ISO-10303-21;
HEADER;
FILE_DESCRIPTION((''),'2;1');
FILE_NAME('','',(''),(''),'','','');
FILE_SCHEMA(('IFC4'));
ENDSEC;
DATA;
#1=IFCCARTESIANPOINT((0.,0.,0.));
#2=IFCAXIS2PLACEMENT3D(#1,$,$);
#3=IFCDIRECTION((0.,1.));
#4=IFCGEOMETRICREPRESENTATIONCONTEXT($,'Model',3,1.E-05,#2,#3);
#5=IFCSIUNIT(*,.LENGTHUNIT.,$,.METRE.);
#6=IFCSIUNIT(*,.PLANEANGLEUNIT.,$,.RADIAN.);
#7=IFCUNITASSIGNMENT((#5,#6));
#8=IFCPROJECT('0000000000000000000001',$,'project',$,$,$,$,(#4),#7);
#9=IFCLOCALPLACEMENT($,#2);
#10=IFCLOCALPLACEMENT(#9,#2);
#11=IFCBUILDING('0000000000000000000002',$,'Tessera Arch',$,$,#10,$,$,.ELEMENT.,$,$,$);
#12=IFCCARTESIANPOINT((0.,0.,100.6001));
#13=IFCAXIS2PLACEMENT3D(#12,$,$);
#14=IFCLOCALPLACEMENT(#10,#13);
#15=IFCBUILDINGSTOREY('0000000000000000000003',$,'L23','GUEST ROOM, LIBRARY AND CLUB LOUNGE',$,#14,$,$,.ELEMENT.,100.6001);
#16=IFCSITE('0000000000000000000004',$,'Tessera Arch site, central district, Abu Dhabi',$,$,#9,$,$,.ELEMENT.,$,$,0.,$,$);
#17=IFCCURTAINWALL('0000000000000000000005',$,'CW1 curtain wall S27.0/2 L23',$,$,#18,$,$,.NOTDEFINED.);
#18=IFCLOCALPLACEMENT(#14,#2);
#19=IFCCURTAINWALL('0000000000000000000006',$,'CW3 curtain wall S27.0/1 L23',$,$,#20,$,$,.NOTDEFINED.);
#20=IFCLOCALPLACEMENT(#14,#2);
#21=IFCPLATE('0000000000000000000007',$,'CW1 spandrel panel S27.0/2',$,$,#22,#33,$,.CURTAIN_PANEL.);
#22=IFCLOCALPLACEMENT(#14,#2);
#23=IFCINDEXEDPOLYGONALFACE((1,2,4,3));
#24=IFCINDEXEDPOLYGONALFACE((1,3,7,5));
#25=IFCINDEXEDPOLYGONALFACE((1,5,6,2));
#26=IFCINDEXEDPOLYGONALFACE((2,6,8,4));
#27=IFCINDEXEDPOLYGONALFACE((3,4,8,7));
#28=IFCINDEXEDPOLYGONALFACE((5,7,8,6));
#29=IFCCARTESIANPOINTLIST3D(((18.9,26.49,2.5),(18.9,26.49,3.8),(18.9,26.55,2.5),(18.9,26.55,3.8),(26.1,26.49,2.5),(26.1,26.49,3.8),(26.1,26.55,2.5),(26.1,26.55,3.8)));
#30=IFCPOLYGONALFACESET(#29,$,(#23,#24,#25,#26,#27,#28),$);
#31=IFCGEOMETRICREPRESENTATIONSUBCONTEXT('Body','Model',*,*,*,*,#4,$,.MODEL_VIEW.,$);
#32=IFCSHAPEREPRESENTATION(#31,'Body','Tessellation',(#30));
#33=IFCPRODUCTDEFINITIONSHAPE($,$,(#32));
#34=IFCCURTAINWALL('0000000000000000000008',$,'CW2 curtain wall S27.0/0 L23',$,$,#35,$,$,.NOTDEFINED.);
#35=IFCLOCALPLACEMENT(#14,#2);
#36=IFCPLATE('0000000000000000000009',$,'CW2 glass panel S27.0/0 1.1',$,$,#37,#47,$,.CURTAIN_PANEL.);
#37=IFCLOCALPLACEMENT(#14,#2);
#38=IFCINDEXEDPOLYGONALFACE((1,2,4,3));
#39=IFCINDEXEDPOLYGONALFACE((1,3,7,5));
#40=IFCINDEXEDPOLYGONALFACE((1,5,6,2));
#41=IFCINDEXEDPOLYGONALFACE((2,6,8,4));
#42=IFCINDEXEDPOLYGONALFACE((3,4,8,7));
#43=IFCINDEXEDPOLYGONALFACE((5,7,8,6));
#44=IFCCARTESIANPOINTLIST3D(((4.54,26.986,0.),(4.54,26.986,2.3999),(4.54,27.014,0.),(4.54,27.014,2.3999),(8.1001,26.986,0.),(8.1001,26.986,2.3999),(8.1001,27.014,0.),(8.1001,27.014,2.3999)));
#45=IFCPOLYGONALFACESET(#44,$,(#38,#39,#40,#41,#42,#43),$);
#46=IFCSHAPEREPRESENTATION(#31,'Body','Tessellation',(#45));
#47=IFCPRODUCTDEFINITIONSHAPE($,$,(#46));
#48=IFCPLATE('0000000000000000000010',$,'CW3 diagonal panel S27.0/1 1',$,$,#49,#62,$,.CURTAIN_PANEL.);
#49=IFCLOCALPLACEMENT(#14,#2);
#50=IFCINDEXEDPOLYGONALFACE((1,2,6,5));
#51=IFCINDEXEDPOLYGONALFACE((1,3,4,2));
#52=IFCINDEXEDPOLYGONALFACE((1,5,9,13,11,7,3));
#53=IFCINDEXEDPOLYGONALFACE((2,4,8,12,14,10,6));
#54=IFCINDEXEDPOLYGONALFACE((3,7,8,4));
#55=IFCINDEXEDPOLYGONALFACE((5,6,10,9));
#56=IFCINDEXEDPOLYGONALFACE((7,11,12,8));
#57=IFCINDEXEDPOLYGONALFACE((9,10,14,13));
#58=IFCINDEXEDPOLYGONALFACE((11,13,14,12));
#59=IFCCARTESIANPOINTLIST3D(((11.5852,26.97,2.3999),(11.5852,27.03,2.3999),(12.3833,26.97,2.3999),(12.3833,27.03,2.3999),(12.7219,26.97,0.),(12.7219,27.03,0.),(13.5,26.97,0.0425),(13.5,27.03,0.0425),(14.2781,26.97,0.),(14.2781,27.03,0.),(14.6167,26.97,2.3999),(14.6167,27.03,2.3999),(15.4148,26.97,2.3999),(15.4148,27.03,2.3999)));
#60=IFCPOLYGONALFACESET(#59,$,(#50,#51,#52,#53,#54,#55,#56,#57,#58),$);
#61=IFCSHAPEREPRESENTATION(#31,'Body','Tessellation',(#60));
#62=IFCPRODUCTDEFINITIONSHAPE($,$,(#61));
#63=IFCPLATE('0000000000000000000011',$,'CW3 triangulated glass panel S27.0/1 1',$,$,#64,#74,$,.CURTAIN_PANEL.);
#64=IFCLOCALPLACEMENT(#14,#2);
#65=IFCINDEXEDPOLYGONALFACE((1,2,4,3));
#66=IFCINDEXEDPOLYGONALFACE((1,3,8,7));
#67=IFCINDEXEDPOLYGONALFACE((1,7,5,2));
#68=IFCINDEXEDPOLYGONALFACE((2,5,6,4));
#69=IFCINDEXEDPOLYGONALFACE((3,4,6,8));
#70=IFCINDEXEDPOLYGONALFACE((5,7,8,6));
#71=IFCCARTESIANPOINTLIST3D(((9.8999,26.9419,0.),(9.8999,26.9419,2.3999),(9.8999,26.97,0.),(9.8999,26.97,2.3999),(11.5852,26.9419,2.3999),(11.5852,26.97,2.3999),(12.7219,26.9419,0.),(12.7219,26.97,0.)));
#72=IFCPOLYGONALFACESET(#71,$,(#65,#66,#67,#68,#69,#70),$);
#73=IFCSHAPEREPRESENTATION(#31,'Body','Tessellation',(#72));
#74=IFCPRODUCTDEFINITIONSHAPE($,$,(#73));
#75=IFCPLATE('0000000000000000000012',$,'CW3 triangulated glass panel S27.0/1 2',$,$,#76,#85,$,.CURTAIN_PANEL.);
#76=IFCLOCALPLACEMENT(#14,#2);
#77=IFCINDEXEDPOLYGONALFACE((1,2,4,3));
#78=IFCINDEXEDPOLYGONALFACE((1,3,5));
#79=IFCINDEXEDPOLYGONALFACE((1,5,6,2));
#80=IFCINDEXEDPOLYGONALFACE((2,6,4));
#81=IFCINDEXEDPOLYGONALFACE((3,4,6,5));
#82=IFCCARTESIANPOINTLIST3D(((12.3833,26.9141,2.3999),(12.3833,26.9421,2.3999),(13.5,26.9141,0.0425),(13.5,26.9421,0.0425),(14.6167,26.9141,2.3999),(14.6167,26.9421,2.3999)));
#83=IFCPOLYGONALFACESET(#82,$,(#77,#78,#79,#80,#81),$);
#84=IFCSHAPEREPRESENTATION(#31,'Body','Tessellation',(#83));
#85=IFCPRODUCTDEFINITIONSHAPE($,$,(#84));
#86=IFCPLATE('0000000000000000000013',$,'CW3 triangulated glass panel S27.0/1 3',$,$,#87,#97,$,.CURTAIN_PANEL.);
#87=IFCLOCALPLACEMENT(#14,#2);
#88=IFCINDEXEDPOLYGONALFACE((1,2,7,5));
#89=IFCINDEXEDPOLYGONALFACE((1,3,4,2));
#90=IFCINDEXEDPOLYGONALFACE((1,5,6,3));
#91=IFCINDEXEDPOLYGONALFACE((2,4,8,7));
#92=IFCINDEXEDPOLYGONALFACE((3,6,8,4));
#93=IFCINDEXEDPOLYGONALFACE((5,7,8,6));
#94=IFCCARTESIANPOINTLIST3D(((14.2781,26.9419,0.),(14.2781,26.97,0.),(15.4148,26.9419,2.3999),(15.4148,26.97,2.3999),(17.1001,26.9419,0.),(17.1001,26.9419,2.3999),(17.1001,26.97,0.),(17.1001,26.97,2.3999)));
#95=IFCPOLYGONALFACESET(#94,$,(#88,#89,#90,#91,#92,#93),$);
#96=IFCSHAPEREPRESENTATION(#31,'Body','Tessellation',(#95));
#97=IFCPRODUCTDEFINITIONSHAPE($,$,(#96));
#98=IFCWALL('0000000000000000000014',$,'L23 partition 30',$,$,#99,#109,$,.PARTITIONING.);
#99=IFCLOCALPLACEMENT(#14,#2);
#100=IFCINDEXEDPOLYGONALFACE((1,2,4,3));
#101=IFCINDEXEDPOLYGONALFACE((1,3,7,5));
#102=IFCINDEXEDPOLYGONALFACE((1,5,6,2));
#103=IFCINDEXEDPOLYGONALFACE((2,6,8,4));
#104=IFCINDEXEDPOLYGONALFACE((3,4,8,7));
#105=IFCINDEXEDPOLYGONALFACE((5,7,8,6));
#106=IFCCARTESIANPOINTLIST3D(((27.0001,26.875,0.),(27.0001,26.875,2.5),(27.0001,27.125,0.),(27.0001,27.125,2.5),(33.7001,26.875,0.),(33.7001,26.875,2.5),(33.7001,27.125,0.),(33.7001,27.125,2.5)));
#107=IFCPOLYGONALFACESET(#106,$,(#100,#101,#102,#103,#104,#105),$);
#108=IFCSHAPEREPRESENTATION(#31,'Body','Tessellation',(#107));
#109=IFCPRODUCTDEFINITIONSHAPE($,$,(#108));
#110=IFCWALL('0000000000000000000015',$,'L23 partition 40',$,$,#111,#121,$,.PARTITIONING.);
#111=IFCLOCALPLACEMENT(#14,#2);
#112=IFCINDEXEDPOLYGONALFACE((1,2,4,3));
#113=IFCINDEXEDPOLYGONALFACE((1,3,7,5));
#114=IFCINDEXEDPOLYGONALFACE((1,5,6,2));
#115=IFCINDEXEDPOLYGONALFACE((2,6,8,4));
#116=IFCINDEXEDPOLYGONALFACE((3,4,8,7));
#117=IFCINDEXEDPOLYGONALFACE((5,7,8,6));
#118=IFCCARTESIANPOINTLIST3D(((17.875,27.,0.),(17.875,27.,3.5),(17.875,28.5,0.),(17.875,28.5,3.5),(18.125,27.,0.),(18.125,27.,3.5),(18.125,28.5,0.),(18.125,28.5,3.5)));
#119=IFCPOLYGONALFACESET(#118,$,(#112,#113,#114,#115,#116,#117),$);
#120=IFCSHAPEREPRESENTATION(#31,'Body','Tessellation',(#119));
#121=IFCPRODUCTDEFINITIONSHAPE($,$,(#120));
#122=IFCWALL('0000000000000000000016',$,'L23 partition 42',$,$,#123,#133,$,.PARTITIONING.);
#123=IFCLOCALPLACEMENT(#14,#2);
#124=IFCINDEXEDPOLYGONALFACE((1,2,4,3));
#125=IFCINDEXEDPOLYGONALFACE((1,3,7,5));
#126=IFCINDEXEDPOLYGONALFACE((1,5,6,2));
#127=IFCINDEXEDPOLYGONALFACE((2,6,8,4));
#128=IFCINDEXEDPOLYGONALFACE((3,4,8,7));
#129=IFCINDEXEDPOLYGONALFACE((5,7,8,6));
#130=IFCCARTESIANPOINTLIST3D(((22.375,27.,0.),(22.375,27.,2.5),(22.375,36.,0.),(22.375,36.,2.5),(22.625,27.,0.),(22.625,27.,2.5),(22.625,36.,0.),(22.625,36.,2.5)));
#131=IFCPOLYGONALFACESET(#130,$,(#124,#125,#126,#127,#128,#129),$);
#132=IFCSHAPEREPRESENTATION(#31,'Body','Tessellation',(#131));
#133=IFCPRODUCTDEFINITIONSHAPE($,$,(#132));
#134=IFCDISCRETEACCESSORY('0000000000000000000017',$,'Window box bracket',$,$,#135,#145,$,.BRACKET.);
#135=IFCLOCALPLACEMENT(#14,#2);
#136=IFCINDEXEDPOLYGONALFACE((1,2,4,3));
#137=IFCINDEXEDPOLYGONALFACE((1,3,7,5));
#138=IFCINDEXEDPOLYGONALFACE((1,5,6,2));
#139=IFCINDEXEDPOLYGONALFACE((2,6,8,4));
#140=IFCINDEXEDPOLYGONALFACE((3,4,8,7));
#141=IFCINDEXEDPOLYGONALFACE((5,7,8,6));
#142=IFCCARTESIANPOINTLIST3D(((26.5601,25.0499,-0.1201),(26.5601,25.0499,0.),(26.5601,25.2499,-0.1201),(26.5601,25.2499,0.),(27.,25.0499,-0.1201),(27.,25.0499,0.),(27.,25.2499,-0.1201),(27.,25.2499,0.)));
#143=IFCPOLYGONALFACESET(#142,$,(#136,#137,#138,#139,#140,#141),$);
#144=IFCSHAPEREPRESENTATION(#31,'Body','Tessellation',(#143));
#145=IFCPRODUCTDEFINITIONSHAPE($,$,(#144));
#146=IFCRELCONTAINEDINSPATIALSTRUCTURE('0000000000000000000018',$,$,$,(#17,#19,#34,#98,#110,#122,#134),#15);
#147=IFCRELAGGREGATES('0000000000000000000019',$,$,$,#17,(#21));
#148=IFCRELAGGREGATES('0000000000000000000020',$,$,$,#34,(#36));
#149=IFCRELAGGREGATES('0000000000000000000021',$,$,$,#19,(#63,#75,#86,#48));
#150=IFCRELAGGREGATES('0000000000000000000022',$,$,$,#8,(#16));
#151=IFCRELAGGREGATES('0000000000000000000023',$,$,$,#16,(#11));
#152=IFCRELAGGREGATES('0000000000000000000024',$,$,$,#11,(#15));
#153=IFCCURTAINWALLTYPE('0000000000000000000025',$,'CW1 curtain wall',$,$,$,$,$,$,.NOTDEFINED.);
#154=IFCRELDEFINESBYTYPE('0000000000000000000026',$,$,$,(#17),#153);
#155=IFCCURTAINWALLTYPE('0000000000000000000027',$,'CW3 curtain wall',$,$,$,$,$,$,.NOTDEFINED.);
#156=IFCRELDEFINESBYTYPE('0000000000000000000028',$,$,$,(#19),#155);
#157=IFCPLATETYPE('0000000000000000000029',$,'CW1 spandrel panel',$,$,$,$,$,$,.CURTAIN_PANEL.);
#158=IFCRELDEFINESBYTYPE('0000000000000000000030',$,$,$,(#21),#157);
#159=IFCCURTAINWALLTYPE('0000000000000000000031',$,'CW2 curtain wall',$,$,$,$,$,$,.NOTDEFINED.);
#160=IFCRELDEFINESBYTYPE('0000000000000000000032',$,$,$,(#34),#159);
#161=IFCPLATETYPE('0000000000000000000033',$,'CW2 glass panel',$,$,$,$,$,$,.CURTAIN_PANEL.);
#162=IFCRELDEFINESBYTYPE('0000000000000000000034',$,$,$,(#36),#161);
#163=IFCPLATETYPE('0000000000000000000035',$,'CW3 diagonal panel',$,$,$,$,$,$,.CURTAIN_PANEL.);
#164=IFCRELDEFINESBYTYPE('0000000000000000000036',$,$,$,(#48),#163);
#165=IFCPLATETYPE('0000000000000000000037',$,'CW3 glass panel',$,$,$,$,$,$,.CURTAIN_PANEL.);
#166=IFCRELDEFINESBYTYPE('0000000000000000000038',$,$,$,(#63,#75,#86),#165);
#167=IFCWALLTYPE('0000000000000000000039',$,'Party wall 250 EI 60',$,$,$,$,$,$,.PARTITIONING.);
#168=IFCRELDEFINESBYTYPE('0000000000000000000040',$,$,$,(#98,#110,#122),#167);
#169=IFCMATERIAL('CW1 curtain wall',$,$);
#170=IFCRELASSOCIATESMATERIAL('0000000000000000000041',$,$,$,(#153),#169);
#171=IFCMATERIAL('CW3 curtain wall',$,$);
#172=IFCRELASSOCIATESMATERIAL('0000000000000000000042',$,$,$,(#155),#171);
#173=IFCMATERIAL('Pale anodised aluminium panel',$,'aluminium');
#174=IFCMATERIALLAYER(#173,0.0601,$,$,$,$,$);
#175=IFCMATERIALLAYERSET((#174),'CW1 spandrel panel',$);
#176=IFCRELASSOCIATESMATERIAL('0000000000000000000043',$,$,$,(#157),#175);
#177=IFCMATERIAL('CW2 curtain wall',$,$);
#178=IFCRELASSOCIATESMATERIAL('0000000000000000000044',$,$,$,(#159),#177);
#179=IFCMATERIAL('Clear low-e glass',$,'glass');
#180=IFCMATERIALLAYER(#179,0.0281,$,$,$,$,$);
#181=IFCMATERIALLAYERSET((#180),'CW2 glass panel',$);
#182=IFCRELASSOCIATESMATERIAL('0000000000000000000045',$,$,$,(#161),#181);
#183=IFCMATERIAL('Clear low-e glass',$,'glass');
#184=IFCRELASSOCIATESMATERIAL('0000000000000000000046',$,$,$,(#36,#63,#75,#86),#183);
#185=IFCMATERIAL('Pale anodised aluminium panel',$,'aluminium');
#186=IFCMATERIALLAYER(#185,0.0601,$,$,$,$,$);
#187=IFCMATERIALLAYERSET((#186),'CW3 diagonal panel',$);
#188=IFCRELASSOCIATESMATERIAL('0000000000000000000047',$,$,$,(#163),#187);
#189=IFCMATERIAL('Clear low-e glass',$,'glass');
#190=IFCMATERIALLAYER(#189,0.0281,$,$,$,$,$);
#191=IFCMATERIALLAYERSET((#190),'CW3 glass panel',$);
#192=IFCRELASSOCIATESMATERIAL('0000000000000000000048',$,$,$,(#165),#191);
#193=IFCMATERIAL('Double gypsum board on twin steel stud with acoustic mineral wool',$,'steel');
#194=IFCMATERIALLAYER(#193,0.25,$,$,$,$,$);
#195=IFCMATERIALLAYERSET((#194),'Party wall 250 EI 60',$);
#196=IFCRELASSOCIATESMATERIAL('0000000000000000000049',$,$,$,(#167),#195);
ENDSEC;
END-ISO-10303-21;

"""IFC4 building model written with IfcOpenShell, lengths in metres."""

from ifc_helpers import new_model, si_unit, direction, frame, frame_2d, origin, origin_2d, place, context, subcontext, project, spatial, polyline, rectangle, outline, extrude, material, layer, layer_set, type_object, element, aggregate, save


model = new_model("IFC4")

# Units and contexts
model_context = context("Model", 3, precision=1e-05, world=origin(), true_north=direction((0.0, 1.0)))
body_context = subcontext(model_context, "Body", "Model", "MODEL_VIEW")
ifc_project = project(units=[si_unit("LENGTHUNIT", "METRE"), si_unit("PLANEANGLEUNIT", "RADIAN")], contexts=[model_context])

# Site, building, storey
site_placement = place(None, origin())
site = spatial("IfcSite", under=ifc_project, at=site_placement, Name="Tessera Arch site, central district, Abu Dhabi", CompositionType="ELEMENT", RefElevation=0.0)
building_placement = place(site_placement, origin())
building = spatial("IfcBuilding", under=site, at=building_placement, Name="Tessera Arch", CompositionType="ELEMENT")
storey_placement = place(building_placement, frame((0.0, 0.0, 100.6001)))
storey = spatial("IfcBuildingStorey", under=building, at=storey_placement, Name="L23", Description="GUEST ROOM, LIBRARY AND CLUB LOUNGE", CompositionType="ELEMENT", Elevation=100.6001)

# Curtain wall
ifc_material_1 = material(Name="CW1 curtain wall")
curtain_wall_type_1 = type_object("IfcCurtainWallType", Name="CW1 curtain wall", PredefinedType="NOTDEFINED", material=ifc_material_1)
curtain_wall_1_placement = place(storey_placement, origin())
curtain_wall_1 = element("IfcCurtainWall", 1, at=curtain_wall_1_placement, inside=storey, type_object=curtain_wall_type_1, Name="CW1 curtain wall S27.0/2 L23", PredefinedType="NOTDEFINED")

# Curtain wall
ifc_material_2 = material(Name="CW3 curtain wall")
curtain_wall_type_2 = type_object("IfcCurtainWallType", Name="CW3 curtain wall", PredefinedType="NOTDEFINED", material=ifc_material_2)
curtain_wall_2_placement = place(storey_placement, origin())
curtain_wall_2 = element("IfcCurtainWall", 2, at=curtain_wall_2_placement, inside=storey, type_object=curtain_wall_type_2, Name="CW3 curtain wall S27.0/1 L23", PredefinedType="NOTDEFINED")

# Plate
ifc_material_3 = material(Name="Clear low-e glass", Category="glass")
ifc_material_4 = material(Name="Pale anodised aluminium panel", Category="aluminium")
ifc_layer_1 = layer(ifc_material_4, 0.0601)
ifc_layer_set_1 = layer_set([ifc_layer_1], Name="CW1 spandrel panel")
plate_type_1 = type_object("IfcPlateType", Name="CW1 spandrel panel", PredefinedType="CURTAIN_PANEL", material=ifc_layer_set_1)
plate_1_placement = place(storey_placement, frame((22.5, 26.52, 2.5), z_axis=(0.0, 0.0, 1.0), x_axis=(1.0, 0.0, 0.0)))
plate_1 = element("IfcPlate", 3, at=plate_1_placement, type_object=plate_type_1, Name="CW1 spandrel panel S27.0/2", PredefinedType="CURTAIN_PANEL", context=body_context, shape_type="SweptSolid", body=[
    extrude(rectangle(XDim=7.2, YDim=0.0601, at=origin_2d()), origin(), (0.0, 0.0, 1.0), 1.3),
])
aggregate(curtain_wall_1, [plate_1])

# Curtain wall, plate
ifc_material_5 = material(Name="CW2 curtain wall")
curtain_wall_type_3 = type_object("IfcCurtainWallType", Name="CW2 curtain wall", PredefinedType="NOTDEFINED", material=ifc_material_5)
curtain_wall_3_placement = place(storey_placement, origin())
curtain_wall_3 = element("IfcCurtainWall", 4, at=curtain_wall_3_placement, inside=storey, type_object=curtain_wall_type_3, Name="CW2 curtain wall S27.0/0 L23", PredefinedType="NOTDEFINED")
ifc_material_6 = material(Name="Clear low-e glass", Category="glass")
ifc_layer_2 = layer(ifc_material_6, 0.0281)
ifc_layer_set_2 = layer_set([ifc_layer_2], Name="CW2 glass panel")
plate_type_2 = type_object("IfcPlateType", Name="CW2 glass panel", PredefinedType="CURTAIN_PANEL", material=ifc_layer_set_2)
plate_2_placement = place(storey_placement, frame((6.3201, 27.0, 0.0), z_axis=(0.0, 0.0, 1.0), x_axis=(1.0, 0.0, 0.0)))
plate_2 = element("IfcPlate", 5, at=plate_2_placement, type_object=plate_type_2, material=ifc_material_3, Name="CW2 glass panel S27.0/0 1.1", PredefinedType="CURTAIN_PANEL", context=body_context, shape_type="SweptSolid", body=[
    extrude(rectangle(XDim=3.5601, YDim=0.0281, at=origin_2d()), origin(), (0.0, 0.0, 1.0), 2.3999),
])
aggregate(curtain_wall_3, [plate_2])

# Plates
ifc_material_7 = material(Name="Pale anodised aluminium panel", Category="aluminium")
ifc_layer_3 = layer(ifc_material_7, 0.0601)
ifc_layer_set_3 = layer_set([ifc_layer_3], Name="CW3 diagonal panel")
plate_type_3 = type_object("IfcPlateType", Name="CW3 diagonal panel", PredefinedType="CURTAIN_PANEL", material=ifc_layer_set_3)
plate_3_placement = place(storey_placement, frame((15.4148, 26.97, 2.3999), z_axis=(0.0, -1.0, 0.0), x_axis=(-1.0, 0.0, 0.0)))
plate_3 = element("IfcPlate", 6, at=plate_3_placement, type_object=plate_type_3, Name="CW3 diagonal panel S27.0/1 1", PredefinedType="CURTAIN_PANEL", context=body_context, shape_type="SweptSolid", body=[
    extrude(outline(polyline([(0.0, 0.0), (0.7981, 0.0), (1.9148, 2.3574), (3.0315, 0.0), (3.8296, 0.0), (2.6929, 2.3999), (1.1367, 2.3999), (0.0, 0.0)])), origin(), (0.0, 0.0, -1.0), 0.0601),
])
ifc_material_8 = material(Name="Clear low-e glass", Category="glass")
ifc_layer_4 = layer(ifc_material_8, 0.0281)
ifc_layer_set_4 = layer_set([ifc_layer_4], Name="CW3 glass panel")
plate_type_4 = type_object("IfcPlateType", Name="CW3 glass panel", PredefinedType="CURTAIN_PANEL", material=ifc_layer_set_4)
plate_4_placement = place(storey_placement, frame((9.8999, 26.9419, 0.0), z_axis=(0.0, -1.0, 0.0), x_axis=(1.0, 0.0, 0.0)))
plate_4 = element("IfcPlate", 7, at=plate_4_placement, type_object=plate_type_4, material=ifc_material_3, Name="CW3 triangulated glass panel S27.0/1 1", PredefinedType="CURTAIN_PANEL", context=body_context, shape_type="SweptSolid", body=[
    extrude(outline(polyline([(0.0, 0.0), (2.822, 0.0), (1.6853, 2.3999), (0.0, 2.3999), (0.0, 0.0)])), origin(), (0.0, 0.0, -1.0), 0.0281),
])
plate_5_placement = place(storey_placement, frame((14.6167, 26.9141, 2.3999), z_axis=(0.0, -1.0, 0.0), x_axis=(-1.0, 0.0, 0.0)))
plate_5 = element("IfcPlate", 8, at=plate_5_placement, type_object=plate_type_4, material=ifc_material_3, Name="CW3 triangulated glass panel S27.0/1 2", PredefinedType="CURTAIN_PANEL", context=body_context, shape_type="SweptSolid", body=[
    extrude(outline(polyline([(0.0, 0.0), (2.2334, 0.0), (1.1167, 2.3574), (0.0, 0.0)])), origin(), (0.0, 0.0, -1.0), 0.0281),
])
plate_6_placement = place(storey_placement, frame((17.1001, 26.9419, 2.3999), z_axis=(0.0, -1.0, 0.0), x_axis=(-1.0, 0.0, 0.0)))
plate_6 = element("IfcPlate", 9, at=plate_6_placement, type_object=plate_type_4, material=ifc_material_3, Name="CW3 triangulated glass panel S27.0/1 3", PredefinedType="CURTAIN_PANEL", context=body_context, shape_type="SweptSolid", body=[
    extrude(outline(polyline([(0.0, 0.0), (1.6853, 0.0), (2.822, 2.3999), (0.0, 2.3999), (0.0, 0.0)])), origin(), (0.0, 0.0, -1.0), 0.0281),
])
aggregate(curtain_wall_2, [plate_4, plate_5, plate_6, plate_3])

# Walls
ifc_material_9 = material(Name="Double gypsum board on twin steel stud with acoustic mineral wool", Category="steel")
ifc_layer_5 = layer(ifc_material_9, 0.25)
ifc_layer_set_5 = layer_set([ifc_layer_5], Name="Party wall 250 EI 60")
wall_type = type_object("IfcWallType", Name="Party wall 250 EI 60", PredefinedType="PARTITIONING", material=ifc_layer_set_5)
wall_1_placement = place(storey_placement, frame((27.0, 27.0, 0.0), z_axis=(0.0, 0.0, 1.0), x_axis=(1.0, 0.0, 0.0)))
element("IfcWall", 10, at=wall_1_placement, inside=storey, type_object=wall_type, Name="L23 partition 30", PredefinedType="PARTITIONING", context=body_context, shape_type="SweptSolid", body=[
    extrude(rectangle(XDim=6.7, YDim=0.25, at=frame_2d((3.3501, 0.0))), origin(), (0.0, 0.0, 1.0), 2.5),
])
wall_2_placement = place(storey_placement, frame((18.0, 27.0, 0.0), z_axis=(0.0, 0.0, 1.0), x_axis=(0.0, 1.0, 0.0)))
element("IfcWall", 11, at=wall_2_placement, inside=storey, type_object=wall_type, Name="L23 partition 40", PredefinedType="PARTITIONING", context=body_context, shape_type="SweptSolid", body=[
    extrude(rectangle(XDim=1.5, YDim=0.25, at=frame_2d((0.75, 0.0))), origin(), (0.0, 0.0, 1.0), 3.5),
])
wall_3_placement = place(storey_placement, frame((22.5, 27.0, 0.0), z_axis=(0.0, 0.0, 1.0), x_axis=(0.0, 1.0, 0.0)))
element("IfcWall", 12, at=wall_3_placement, inside=storey, type_object=wall_type, Name="L23 partition 42", PredefinedType="PARTITIONING", context=body_context, shape_type="SweptSolid", body=[
    extrude(rectangle(XDim=9.0, YDim=0.25, at=frame_2d((4.5, 0.0))), origin(), (0.0, 0.0, 1.0), 2.5),
])

# Discrete accessory
discrete_accessory_placement = place(storey_placement, frame((26.78, 25.1499, -0.1201), z_axis=(0.0, 0.0, 1.0), x_axis=(-1.0, 0.0, 0.0)))
element("IfcDiscreteAccessory", 13, at=discrete_accessory_placement, inside=storey, Name="Window box bracket", PredefinedType="BRACKET", context=body_context, shape_type="SweptSolid", body=[
    extrude(rectangle(XDim=0.4399, YDim=0.2, at=origin_2d()), origin(), (0.0, 0.0, 1.0), 0.1201),
])

save(model, "model.ifc")
